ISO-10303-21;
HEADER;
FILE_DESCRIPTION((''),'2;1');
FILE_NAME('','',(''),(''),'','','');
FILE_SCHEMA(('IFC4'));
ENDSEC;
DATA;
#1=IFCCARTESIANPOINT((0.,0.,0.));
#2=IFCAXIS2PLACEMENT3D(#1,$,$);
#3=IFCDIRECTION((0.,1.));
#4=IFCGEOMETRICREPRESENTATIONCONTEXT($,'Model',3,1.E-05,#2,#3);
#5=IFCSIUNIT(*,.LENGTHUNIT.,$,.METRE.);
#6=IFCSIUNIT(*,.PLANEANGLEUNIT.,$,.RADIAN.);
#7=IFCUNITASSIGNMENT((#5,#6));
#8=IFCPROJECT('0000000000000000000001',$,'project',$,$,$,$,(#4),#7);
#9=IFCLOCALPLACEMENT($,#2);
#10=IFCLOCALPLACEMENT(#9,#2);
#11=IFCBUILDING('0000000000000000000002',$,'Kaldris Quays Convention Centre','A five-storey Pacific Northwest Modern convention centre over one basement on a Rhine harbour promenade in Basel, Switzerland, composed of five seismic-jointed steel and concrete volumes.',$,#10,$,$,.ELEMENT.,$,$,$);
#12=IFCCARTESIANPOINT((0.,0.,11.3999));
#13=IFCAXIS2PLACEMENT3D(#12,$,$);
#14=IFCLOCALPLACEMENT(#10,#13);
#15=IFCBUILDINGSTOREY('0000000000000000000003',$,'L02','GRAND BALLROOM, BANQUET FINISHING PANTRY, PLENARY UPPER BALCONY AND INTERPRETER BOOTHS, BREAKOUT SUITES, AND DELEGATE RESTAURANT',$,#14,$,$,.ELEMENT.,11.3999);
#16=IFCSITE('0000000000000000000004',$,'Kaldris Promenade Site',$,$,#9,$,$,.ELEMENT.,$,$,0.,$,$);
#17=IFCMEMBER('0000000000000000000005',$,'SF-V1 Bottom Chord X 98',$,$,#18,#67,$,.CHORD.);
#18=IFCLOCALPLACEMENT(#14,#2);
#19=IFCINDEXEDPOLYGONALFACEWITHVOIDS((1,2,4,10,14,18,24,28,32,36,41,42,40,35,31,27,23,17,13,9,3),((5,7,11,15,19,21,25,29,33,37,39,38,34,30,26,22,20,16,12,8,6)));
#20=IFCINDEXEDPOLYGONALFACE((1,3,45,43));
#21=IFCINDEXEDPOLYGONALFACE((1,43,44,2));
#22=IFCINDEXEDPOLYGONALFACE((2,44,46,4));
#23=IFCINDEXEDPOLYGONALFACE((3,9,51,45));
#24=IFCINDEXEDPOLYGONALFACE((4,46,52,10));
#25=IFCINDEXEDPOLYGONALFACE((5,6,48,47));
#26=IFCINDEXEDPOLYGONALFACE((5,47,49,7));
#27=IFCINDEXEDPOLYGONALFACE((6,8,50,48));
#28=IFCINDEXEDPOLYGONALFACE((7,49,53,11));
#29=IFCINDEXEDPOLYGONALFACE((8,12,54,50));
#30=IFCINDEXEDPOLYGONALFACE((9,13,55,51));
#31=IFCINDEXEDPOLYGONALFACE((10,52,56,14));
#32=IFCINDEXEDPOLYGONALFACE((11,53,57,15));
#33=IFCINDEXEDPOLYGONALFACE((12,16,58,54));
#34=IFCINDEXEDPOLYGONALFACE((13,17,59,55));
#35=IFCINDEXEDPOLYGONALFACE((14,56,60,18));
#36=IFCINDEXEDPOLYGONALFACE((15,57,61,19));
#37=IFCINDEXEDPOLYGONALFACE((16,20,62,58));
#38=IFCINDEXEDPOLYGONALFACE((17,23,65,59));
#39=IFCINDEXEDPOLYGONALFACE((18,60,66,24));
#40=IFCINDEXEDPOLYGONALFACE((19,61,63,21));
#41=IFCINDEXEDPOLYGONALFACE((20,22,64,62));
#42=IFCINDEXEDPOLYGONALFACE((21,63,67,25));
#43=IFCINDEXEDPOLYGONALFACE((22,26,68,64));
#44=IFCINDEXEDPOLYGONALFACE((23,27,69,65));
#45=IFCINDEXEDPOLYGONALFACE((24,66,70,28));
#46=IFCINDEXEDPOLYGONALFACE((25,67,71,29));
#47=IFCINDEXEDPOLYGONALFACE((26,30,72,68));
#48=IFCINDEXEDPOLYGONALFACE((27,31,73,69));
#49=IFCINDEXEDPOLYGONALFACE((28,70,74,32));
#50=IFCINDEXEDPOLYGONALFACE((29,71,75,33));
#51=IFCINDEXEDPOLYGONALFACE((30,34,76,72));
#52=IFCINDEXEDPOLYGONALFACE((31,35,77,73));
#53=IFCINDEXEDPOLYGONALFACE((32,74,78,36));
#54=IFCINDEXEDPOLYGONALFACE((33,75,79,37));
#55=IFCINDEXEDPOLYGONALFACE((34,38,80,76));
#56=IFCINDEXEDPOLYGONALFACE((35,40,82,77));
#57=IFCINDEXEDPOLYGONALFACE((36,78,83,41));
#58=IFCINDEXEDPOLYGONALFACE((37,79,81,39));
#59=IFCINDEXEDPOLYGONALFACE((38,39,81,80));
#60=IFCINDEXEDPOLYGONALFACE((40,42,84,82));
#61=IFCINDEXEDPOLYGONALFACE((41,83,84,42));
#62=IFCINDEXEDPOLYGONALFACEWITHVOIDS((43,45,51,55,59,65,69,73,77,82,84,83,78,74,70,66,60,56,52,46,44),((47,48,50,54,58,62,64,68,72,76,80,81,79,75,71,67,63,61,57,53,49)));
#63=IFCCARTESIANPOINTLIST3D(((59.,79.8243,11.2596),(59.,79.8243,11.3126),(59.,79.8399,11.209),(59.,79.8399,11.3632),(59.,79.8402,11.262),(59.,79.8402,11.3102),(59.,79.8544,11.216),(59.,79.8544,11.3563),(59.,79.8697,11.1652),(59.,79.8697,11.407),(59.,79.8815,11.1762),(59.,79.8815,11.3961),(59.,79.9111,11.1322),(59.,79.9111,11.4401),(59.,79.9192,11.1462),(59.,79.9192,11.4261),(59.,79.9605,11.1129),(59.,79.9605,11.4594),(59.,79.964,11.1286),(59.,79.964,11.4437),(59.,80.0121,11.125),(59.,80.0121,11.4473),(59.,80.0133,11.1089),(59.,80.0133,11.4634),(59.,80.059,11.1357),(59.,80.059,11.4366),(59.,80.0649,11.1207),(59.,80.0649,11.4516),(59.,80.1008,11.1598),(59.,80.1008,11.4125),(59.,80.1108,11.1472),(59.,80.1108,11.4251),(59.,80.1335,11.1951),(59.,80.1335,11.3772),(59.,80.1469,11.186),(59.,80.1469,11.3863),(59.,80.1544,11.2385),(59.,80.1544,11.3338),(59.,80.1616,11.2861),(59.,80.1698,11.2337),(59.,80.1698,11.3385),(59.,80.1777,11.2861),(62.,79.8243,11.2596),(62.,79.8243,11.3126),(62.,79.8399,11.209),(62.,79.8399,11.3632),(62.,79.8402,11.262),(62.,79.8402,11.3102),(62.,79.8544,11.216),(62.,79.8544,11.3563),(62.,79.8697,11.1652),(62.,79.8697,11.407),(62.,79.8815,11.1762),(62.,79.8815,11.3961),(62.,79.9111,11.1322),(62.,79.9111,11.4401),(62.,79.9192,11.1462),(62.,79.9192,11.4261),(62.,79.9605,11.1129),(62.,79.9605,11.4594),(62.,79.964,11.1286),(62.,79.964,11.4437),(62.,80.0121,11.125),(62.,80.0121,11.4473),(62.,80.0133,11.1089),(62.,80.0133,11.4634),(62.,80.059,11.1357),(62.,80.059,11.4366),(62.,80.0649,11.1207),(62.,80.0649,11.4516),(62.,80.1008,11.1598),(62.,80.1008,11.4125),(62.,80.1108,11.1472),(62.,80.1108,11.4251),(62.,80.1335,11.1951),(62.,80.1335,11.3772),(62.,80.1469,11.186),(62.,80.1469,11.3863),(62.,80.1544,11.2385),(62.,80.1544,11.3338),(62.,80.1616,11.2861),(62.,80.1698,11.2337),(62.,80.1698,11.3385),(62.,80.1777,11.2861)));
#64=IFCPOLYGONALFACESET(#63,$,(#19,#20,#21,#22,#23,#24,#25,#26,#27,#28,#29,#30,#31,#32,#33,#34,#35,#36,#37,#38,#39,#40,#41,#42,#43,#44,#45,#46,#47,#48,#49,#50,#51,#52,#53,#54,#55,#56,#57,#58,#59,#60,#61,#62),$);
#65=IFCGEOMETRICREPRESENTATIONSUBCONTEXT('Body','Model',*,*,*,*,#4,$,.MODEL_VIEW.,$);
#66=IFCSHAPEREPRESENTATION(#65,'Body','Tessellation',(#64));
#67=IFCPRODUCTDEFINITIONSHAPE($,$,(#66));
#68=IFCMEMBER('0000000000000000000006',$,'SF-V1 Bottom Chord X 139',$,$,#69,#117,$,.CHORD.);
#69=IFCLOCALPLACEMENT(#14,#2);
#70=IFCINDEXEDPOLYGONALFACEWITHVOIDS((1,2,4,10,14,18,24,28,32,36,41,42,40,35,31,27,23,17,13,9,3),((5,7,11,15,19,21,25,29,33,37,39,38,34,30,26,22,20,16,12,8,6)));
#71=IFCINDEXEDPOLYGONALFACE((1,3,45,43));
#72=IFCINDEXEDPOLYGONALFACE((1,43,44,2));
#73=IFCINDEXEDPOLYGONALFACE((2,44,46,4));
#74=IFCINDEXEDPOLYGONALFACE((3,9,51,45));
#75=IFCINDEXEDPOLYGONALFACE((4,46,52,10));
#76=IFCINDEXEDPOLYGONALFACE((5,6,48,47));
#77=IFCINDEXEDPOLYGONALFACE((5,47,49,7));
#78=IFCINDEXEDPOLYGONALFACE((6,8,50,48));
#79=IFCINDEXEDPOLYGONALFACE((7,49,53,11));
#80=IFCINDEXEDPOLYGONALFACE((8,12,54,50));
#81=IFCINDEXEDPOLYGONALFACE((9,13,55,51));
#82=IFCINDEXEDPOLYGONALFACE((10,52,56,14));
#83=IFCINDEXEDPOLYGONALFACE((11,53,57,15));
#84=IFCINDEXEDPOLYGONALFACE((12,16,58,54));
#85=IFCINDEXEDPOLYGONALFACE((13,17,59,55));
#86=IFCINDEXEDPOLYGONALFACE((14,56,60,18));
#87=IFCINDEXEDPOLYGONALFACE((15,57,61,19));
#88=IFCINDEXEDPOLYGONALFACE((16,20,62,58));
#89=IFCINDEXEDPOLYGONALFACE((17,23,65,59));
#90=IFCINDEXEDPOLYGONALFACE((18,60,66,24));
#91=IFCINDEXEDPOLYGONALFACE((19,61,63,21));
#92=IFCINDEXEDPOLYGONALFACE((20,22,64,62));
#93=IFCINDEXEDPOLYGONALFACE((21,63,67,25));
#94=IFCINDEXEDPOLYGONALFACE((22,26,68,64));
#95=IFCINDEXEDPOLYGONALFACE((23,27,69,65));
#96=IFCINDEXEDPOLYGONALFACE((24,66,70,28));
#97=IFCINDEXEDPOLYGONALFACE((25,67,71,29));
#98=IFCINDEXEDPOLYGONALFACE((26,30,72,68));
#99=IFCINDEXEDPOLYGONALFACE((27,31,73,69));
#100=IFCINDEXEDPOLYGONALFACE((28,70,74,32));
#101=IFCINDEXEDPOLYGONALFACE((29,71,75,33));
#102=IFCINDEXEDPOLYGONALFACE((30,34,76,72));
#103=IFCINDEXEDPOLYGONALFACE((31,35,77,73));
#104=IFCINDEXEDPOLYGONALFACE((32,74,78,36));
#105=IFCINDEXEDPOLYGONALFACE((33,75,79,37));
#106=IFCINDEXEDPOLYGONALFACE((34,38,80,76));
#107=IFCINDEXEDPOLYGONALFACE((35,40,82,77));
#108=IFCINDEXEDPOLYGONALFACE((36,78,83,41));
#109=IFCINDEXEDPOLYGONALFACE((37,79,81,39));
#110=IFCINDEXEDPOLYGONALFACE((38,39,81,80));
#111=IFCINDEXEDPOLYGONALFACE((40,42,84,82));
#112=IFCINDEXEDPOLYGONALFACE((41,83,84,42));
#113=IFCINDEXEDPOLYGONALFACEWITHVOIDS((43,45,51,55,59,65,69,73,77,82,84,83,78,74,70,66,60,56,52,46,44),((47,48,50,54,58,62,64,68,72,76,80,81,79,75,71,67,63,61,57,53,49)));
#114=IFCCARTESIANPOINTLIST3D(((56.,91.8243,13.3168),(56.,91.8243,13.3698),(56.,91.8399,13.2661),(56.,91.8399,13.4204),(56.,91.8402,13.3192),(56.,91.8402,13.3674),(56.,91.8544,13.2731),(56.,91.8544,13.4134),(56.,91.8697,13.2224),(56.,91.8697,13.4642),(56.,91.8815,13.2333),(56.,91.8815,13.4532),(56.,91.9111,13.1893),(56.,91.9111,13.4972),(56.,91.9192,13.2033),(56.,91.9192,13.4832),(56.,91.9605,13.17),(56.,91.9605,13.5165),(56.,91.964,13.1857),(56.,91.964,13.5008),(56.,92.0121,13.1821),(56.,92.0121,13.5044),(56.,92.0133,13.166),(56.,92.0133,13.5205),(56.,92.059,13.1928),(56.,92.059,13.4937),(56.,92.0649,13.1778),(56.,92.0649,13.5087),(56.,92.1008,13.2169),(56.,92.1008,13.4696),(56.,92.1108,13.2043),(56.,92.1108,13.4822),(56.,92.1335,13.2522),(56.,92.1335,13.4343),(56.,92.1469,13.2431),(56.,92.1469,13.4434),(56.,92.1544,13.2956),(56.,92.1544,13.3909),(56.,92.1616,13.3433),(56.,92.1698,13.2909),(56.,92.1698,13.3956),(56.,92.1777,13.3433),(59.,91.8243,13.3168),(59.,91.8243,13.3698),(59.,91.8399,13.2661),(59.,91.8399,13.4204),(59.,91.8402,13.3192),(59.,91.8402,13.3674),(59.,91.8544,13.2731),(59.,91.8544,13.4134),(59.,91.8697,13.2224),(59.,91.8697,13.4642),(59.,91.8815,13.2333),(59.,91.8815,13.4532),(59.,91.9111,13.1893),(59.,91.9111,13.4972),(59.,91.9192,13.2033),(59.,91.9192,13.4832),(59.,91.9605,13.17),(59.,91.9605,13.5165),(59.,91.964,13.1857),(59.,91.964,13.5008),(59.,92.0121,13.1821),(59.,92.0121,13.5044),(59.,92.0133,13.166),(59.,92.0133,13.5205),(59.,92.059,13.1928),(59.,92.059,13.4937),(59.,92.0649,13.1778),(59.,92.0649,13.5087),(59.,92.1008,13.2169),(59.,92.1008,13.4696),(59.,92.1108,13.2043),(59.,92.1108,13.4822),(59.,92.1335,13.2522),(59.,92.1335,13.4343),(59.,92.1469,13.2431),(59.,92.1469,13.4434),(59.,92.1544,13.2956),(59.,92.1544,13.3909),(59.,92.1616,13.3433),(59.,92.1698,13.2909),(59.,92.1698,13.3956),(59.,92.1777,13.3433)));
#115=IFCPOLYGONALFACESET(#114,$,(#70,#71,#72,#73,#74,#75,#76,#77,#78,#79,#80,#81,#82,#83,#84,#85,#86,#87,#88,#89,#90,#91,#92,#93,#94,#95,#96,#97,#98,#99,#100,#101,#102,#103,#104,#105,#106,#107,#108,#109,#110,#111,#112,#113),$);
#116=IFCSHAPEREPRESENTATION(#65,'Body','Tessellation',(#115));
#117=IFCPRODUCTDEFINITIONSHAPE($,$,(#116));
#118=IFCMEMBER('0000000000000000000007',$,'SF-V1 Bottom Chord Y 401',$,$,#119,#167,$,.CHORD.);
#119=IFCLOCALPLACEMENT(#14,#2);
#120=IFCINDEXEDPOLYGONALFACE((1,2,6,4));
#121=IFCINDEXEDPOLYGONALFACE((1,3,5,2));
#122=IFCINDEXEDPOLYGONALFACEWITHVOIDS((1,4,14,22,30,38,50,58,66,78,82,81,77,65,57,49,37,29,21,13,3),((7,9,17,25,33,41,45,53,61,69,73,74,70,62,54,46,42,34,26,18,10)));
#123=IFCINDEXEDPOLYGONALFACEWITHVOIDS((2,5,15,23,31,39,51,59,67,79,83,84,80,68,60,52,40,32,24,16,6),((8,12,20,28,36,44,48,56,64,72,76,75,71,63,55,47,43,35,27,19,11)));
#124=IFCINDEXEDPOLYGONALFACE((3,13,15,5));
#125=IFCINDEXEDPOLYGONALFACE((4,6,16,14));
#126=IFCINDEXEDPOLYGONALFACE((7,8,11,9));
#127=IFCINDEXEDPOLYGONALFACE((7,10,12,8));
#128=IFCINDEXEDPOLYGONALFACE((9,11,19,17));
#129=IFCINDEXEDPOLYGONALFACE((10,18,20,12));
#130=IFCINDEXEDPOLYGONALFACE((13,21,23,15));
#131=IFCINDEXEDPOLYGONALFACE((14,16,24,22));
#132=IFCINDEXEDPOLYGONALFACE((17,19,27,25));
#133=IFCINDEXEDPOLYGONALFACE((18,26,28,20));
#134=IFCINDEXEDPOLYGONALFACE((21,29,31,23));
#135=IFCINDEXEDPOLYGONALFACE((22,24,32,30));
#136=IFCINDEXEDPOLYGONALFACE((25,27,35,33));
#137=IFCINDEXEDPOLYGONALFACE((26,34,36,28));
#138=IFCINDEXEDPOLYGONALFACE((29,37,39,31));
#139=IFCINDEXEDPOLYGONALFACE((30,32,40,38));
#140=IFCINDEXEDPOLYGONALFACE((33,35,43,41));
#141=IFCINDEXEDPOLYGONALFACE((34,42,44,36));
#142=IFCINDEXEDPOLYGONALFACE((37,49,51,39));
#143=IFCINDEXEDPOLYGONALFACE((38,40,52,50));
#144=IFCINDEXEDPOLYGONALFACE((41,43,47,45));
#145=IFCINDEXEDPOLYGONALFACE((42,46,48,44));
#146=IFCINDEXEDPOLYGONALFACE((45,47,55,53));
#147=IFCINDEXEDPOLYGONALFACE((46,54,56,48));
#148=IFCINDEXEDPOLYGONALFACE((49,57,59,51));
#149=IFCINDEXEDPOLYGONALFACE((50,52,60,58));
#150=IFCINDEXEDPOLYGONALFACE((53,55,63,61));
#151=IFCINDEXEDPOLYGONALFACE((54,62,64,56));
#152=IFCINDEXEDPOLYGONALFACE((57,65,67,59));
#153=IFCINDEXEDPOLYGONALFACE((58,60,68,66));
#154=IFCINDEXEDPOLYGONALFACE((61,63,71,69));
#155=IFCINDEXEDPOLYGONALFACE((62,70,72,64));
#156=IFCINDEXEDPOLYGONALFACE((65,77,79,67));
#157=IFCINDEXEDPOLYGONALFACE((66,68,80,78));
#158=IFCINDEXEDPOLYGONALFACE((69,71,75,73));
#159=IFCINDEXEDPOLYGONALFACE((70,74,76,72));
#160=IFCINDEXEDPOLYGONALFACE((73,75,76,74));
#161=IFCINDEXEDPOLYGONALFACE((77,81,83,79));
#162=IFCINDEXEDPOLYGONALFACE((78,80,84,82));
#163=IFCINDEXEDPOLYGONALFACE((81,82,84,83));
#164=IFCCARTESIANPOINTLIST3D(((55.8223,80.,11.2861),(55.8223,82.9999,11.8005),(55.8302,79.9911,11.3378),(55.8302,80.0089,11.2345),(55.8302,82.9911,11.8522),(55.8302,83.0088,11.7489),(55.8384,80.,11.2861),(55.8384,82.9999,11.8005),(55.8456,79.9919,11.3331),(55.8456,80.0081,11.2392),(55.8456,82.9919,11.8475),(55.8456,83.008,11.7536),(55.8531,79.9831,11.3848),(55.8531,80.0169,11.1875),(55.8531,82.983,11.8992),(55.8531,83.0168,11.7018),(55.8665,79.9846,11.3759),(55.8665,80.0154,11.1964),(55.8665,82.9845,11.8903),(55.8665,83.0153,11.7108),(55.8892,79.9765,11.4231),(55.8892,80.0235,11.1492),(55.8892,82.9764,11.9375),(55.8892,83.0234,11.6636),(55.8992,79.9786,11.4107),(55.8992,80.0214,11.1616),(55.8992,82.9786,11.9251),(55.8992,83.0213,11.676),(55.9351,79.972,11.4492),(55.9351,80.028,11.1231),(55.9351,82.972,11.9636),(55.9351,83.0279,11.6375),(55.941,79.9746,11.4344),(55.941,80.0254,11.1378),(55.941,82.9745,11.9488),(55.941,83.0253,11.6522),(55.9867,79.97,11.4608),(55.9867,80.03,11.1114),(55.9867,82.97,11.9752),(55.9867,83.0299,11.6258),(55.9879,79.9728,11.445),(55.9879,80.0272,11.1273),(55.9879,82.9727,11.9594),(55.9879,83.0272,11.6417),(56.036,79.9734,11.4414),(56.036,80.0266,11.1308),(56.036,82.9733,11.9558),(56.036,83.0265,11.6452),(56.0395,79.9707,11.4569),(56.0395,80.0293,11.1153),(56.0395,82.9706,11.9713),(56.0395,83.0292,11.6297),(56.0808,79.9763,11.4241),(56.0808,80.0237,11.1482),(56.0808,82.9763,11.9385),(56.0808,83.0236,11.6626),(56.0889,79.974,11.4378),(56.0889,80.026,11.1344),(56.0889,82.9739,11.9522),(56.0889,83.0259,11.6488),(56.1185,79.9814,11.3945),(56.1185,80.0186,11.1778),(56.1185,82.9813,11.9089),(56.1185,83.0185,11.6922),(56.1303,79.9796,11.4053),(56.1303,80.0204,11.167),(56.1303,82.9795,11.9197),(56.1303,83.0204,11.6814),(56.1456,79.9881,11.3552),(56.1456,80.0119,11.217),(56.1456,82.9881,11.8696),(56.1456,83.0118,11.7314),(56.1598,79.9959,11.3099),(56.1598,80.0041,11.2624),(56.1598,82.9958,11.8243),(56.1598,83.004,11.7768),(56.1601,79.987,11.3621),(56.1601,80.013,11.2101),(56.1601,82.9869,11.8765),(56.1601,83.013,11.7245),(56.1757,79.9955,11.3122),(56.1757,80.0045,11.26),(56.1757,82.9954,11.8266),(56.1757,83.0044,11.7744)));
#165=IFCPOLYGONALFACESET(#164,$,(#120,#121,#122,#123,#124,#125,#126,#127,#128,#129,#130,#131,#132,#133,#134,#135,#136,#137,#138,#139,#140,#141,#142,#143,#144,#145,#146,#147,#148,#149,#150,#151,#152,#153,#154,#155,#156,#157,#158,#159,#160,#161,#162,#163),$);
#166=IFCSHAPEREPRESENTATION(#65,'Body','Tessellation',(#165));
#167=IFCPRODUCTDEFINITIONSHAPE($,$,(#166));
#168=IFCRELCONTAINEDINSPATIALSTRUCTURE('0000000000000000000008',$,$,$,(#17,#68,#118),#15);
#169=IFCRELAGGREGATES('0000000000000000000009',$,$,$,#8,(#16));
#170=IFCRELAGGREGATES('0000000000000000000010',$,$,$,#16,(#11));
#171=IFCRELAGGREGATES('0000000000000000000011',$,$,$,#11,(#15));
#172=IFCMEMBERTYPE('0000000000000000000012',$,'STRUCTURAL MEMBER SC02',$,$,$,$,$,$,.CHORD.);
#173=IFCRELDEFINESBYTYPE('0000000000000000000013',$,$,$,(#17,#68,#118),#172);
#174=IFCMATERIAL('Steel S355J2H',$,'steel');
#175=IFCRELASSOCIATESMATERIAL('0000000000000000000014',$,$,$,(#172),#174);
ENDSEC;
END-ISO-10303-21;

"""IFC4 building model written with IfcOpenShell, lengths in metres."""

from ifc_helpers import new_model, si_unit, direction, frame, origin, origin_2d, place, context, subcontext, project, spatial, hollow_circle, extrude, material, material_profile, profile_set, type_object, element, save


model = new_model("IFC4")

# Units and contexts
model_context = context("Model", 3, precision=1e-05, world=origin(), true_north=direction((0.0, 1.0)))
body_context = subcontext(model_context, "Body", "Model", "MODEL_VIEW")
ifc_project = project(units=[si_unit("LENGTHUNIT", "METRE"), si_unit("PLANEANGLEUNIT", "RADIAN")], contexts=[model_context])

# Site, building, storey
site_placement = place(None, origin())
site = spatial("IfcSite", under=ifc_project, at=site_placement, Name="Kaldris Promenade Site", CompositionType="ELEMENT", RefElevation=0.0)
building_placement = place(site_placement, origin())
building = spatial("IfcBuilding", under=site, at=building_placement, Name="Kaldris Quays Convention Centre", Description="A five-storey Pacific Northwest Modern convention centre over one basement on a Rhine harbour promenade in Basel, Switzerland, composed of five seismic-jointed steel and concrete volumes.", CompositionType="ELEMENT")
storey_placement = place(building_placement, frame((0.0, 0.0, 11.3999)))
storey = spatial("IfcBuildingStorey", under=building, at=storey_placement, Name="L02", Description="GRAND BALLROOM, BANQUET FINISHING PANTRY, PLENARY UPPER BALCONY AND INTERPRETER BOOTHS, BREAKOUT SUITES, AND DELEGATE RESTAURANT", CompositionType="ELEMENT", Elevation=11.3999)

# Members
ifc_material_1 = material(Name="Steel S355J2H", Category="steel")
ifc_material_profile_1 = material_profile(ifc_material_1, hollow_circle(Radius=0.1777, WallThickness=0.0161, at=origin_2d()), Name="CHS 355.6x16")
ifc_profile_set_1 = profile_set([ifc_material_profile_1], Name="Steel S355J2H")
member_type_1 = type_object("IfcMemberType", Name="STRUCTURAL MEMBER SC02", PredefinedType="CHORD", material=ifc_profile_set_1)
for number, where, z_axis, x_axis, name in (
    (1, (59.0, 80.0, 11.2861), (1.0, 0.0, 0.0), (0.0, 1.0, 0.0), "SF-V1 Bottom Chord X 98"),
    (2, (56.0, 92.0, 13.3433), (1.0, 0.0, 0.0), (0.0, 1.0, 0.0), "SF-V1 Bottom Chord X 139"),
):
    element("IfcMember", number, at=place(storey_placement, frame(where, z_axis=z_axis, x_axis=x_axis)), inside=storey, type_object=member_type_1, Name=name, PredefinedType="CHORD", context=body_context, shape_type="SweptSolid", body=[
        extrude(hollow_circle(Radius=0.1777, WallThickness=0.0161, at=origin_2d()), origin(), (0.0, 0.0, 1.0), 3.0),
    ])
for number, where, z_axis, x_axis, name in (
    (3, (56.0, 80.0, 11.2861), (0.0, 0.985616, 0.169002), (-1.0, 0.0, 0.0), "SF-V1 Bottom Chord Y 401"),
):
    element("IfcMember", number, at=place(storey_placement, frame(where, z_axis=z_axis, x_axis=x_axis)), inside=storey, type_object=member_type_1, Name=name, PredefinedType="CHORD", context=body_context, shape_type="SweptSolid", body=[
        extrude(hollow_circle(Radius=0.1777, WallThickness=0.0161, at=origin_2d()), origin(), (0.0, 0.0, 1.0), 3.0437),
    ])

save(model, "model.ifc")
